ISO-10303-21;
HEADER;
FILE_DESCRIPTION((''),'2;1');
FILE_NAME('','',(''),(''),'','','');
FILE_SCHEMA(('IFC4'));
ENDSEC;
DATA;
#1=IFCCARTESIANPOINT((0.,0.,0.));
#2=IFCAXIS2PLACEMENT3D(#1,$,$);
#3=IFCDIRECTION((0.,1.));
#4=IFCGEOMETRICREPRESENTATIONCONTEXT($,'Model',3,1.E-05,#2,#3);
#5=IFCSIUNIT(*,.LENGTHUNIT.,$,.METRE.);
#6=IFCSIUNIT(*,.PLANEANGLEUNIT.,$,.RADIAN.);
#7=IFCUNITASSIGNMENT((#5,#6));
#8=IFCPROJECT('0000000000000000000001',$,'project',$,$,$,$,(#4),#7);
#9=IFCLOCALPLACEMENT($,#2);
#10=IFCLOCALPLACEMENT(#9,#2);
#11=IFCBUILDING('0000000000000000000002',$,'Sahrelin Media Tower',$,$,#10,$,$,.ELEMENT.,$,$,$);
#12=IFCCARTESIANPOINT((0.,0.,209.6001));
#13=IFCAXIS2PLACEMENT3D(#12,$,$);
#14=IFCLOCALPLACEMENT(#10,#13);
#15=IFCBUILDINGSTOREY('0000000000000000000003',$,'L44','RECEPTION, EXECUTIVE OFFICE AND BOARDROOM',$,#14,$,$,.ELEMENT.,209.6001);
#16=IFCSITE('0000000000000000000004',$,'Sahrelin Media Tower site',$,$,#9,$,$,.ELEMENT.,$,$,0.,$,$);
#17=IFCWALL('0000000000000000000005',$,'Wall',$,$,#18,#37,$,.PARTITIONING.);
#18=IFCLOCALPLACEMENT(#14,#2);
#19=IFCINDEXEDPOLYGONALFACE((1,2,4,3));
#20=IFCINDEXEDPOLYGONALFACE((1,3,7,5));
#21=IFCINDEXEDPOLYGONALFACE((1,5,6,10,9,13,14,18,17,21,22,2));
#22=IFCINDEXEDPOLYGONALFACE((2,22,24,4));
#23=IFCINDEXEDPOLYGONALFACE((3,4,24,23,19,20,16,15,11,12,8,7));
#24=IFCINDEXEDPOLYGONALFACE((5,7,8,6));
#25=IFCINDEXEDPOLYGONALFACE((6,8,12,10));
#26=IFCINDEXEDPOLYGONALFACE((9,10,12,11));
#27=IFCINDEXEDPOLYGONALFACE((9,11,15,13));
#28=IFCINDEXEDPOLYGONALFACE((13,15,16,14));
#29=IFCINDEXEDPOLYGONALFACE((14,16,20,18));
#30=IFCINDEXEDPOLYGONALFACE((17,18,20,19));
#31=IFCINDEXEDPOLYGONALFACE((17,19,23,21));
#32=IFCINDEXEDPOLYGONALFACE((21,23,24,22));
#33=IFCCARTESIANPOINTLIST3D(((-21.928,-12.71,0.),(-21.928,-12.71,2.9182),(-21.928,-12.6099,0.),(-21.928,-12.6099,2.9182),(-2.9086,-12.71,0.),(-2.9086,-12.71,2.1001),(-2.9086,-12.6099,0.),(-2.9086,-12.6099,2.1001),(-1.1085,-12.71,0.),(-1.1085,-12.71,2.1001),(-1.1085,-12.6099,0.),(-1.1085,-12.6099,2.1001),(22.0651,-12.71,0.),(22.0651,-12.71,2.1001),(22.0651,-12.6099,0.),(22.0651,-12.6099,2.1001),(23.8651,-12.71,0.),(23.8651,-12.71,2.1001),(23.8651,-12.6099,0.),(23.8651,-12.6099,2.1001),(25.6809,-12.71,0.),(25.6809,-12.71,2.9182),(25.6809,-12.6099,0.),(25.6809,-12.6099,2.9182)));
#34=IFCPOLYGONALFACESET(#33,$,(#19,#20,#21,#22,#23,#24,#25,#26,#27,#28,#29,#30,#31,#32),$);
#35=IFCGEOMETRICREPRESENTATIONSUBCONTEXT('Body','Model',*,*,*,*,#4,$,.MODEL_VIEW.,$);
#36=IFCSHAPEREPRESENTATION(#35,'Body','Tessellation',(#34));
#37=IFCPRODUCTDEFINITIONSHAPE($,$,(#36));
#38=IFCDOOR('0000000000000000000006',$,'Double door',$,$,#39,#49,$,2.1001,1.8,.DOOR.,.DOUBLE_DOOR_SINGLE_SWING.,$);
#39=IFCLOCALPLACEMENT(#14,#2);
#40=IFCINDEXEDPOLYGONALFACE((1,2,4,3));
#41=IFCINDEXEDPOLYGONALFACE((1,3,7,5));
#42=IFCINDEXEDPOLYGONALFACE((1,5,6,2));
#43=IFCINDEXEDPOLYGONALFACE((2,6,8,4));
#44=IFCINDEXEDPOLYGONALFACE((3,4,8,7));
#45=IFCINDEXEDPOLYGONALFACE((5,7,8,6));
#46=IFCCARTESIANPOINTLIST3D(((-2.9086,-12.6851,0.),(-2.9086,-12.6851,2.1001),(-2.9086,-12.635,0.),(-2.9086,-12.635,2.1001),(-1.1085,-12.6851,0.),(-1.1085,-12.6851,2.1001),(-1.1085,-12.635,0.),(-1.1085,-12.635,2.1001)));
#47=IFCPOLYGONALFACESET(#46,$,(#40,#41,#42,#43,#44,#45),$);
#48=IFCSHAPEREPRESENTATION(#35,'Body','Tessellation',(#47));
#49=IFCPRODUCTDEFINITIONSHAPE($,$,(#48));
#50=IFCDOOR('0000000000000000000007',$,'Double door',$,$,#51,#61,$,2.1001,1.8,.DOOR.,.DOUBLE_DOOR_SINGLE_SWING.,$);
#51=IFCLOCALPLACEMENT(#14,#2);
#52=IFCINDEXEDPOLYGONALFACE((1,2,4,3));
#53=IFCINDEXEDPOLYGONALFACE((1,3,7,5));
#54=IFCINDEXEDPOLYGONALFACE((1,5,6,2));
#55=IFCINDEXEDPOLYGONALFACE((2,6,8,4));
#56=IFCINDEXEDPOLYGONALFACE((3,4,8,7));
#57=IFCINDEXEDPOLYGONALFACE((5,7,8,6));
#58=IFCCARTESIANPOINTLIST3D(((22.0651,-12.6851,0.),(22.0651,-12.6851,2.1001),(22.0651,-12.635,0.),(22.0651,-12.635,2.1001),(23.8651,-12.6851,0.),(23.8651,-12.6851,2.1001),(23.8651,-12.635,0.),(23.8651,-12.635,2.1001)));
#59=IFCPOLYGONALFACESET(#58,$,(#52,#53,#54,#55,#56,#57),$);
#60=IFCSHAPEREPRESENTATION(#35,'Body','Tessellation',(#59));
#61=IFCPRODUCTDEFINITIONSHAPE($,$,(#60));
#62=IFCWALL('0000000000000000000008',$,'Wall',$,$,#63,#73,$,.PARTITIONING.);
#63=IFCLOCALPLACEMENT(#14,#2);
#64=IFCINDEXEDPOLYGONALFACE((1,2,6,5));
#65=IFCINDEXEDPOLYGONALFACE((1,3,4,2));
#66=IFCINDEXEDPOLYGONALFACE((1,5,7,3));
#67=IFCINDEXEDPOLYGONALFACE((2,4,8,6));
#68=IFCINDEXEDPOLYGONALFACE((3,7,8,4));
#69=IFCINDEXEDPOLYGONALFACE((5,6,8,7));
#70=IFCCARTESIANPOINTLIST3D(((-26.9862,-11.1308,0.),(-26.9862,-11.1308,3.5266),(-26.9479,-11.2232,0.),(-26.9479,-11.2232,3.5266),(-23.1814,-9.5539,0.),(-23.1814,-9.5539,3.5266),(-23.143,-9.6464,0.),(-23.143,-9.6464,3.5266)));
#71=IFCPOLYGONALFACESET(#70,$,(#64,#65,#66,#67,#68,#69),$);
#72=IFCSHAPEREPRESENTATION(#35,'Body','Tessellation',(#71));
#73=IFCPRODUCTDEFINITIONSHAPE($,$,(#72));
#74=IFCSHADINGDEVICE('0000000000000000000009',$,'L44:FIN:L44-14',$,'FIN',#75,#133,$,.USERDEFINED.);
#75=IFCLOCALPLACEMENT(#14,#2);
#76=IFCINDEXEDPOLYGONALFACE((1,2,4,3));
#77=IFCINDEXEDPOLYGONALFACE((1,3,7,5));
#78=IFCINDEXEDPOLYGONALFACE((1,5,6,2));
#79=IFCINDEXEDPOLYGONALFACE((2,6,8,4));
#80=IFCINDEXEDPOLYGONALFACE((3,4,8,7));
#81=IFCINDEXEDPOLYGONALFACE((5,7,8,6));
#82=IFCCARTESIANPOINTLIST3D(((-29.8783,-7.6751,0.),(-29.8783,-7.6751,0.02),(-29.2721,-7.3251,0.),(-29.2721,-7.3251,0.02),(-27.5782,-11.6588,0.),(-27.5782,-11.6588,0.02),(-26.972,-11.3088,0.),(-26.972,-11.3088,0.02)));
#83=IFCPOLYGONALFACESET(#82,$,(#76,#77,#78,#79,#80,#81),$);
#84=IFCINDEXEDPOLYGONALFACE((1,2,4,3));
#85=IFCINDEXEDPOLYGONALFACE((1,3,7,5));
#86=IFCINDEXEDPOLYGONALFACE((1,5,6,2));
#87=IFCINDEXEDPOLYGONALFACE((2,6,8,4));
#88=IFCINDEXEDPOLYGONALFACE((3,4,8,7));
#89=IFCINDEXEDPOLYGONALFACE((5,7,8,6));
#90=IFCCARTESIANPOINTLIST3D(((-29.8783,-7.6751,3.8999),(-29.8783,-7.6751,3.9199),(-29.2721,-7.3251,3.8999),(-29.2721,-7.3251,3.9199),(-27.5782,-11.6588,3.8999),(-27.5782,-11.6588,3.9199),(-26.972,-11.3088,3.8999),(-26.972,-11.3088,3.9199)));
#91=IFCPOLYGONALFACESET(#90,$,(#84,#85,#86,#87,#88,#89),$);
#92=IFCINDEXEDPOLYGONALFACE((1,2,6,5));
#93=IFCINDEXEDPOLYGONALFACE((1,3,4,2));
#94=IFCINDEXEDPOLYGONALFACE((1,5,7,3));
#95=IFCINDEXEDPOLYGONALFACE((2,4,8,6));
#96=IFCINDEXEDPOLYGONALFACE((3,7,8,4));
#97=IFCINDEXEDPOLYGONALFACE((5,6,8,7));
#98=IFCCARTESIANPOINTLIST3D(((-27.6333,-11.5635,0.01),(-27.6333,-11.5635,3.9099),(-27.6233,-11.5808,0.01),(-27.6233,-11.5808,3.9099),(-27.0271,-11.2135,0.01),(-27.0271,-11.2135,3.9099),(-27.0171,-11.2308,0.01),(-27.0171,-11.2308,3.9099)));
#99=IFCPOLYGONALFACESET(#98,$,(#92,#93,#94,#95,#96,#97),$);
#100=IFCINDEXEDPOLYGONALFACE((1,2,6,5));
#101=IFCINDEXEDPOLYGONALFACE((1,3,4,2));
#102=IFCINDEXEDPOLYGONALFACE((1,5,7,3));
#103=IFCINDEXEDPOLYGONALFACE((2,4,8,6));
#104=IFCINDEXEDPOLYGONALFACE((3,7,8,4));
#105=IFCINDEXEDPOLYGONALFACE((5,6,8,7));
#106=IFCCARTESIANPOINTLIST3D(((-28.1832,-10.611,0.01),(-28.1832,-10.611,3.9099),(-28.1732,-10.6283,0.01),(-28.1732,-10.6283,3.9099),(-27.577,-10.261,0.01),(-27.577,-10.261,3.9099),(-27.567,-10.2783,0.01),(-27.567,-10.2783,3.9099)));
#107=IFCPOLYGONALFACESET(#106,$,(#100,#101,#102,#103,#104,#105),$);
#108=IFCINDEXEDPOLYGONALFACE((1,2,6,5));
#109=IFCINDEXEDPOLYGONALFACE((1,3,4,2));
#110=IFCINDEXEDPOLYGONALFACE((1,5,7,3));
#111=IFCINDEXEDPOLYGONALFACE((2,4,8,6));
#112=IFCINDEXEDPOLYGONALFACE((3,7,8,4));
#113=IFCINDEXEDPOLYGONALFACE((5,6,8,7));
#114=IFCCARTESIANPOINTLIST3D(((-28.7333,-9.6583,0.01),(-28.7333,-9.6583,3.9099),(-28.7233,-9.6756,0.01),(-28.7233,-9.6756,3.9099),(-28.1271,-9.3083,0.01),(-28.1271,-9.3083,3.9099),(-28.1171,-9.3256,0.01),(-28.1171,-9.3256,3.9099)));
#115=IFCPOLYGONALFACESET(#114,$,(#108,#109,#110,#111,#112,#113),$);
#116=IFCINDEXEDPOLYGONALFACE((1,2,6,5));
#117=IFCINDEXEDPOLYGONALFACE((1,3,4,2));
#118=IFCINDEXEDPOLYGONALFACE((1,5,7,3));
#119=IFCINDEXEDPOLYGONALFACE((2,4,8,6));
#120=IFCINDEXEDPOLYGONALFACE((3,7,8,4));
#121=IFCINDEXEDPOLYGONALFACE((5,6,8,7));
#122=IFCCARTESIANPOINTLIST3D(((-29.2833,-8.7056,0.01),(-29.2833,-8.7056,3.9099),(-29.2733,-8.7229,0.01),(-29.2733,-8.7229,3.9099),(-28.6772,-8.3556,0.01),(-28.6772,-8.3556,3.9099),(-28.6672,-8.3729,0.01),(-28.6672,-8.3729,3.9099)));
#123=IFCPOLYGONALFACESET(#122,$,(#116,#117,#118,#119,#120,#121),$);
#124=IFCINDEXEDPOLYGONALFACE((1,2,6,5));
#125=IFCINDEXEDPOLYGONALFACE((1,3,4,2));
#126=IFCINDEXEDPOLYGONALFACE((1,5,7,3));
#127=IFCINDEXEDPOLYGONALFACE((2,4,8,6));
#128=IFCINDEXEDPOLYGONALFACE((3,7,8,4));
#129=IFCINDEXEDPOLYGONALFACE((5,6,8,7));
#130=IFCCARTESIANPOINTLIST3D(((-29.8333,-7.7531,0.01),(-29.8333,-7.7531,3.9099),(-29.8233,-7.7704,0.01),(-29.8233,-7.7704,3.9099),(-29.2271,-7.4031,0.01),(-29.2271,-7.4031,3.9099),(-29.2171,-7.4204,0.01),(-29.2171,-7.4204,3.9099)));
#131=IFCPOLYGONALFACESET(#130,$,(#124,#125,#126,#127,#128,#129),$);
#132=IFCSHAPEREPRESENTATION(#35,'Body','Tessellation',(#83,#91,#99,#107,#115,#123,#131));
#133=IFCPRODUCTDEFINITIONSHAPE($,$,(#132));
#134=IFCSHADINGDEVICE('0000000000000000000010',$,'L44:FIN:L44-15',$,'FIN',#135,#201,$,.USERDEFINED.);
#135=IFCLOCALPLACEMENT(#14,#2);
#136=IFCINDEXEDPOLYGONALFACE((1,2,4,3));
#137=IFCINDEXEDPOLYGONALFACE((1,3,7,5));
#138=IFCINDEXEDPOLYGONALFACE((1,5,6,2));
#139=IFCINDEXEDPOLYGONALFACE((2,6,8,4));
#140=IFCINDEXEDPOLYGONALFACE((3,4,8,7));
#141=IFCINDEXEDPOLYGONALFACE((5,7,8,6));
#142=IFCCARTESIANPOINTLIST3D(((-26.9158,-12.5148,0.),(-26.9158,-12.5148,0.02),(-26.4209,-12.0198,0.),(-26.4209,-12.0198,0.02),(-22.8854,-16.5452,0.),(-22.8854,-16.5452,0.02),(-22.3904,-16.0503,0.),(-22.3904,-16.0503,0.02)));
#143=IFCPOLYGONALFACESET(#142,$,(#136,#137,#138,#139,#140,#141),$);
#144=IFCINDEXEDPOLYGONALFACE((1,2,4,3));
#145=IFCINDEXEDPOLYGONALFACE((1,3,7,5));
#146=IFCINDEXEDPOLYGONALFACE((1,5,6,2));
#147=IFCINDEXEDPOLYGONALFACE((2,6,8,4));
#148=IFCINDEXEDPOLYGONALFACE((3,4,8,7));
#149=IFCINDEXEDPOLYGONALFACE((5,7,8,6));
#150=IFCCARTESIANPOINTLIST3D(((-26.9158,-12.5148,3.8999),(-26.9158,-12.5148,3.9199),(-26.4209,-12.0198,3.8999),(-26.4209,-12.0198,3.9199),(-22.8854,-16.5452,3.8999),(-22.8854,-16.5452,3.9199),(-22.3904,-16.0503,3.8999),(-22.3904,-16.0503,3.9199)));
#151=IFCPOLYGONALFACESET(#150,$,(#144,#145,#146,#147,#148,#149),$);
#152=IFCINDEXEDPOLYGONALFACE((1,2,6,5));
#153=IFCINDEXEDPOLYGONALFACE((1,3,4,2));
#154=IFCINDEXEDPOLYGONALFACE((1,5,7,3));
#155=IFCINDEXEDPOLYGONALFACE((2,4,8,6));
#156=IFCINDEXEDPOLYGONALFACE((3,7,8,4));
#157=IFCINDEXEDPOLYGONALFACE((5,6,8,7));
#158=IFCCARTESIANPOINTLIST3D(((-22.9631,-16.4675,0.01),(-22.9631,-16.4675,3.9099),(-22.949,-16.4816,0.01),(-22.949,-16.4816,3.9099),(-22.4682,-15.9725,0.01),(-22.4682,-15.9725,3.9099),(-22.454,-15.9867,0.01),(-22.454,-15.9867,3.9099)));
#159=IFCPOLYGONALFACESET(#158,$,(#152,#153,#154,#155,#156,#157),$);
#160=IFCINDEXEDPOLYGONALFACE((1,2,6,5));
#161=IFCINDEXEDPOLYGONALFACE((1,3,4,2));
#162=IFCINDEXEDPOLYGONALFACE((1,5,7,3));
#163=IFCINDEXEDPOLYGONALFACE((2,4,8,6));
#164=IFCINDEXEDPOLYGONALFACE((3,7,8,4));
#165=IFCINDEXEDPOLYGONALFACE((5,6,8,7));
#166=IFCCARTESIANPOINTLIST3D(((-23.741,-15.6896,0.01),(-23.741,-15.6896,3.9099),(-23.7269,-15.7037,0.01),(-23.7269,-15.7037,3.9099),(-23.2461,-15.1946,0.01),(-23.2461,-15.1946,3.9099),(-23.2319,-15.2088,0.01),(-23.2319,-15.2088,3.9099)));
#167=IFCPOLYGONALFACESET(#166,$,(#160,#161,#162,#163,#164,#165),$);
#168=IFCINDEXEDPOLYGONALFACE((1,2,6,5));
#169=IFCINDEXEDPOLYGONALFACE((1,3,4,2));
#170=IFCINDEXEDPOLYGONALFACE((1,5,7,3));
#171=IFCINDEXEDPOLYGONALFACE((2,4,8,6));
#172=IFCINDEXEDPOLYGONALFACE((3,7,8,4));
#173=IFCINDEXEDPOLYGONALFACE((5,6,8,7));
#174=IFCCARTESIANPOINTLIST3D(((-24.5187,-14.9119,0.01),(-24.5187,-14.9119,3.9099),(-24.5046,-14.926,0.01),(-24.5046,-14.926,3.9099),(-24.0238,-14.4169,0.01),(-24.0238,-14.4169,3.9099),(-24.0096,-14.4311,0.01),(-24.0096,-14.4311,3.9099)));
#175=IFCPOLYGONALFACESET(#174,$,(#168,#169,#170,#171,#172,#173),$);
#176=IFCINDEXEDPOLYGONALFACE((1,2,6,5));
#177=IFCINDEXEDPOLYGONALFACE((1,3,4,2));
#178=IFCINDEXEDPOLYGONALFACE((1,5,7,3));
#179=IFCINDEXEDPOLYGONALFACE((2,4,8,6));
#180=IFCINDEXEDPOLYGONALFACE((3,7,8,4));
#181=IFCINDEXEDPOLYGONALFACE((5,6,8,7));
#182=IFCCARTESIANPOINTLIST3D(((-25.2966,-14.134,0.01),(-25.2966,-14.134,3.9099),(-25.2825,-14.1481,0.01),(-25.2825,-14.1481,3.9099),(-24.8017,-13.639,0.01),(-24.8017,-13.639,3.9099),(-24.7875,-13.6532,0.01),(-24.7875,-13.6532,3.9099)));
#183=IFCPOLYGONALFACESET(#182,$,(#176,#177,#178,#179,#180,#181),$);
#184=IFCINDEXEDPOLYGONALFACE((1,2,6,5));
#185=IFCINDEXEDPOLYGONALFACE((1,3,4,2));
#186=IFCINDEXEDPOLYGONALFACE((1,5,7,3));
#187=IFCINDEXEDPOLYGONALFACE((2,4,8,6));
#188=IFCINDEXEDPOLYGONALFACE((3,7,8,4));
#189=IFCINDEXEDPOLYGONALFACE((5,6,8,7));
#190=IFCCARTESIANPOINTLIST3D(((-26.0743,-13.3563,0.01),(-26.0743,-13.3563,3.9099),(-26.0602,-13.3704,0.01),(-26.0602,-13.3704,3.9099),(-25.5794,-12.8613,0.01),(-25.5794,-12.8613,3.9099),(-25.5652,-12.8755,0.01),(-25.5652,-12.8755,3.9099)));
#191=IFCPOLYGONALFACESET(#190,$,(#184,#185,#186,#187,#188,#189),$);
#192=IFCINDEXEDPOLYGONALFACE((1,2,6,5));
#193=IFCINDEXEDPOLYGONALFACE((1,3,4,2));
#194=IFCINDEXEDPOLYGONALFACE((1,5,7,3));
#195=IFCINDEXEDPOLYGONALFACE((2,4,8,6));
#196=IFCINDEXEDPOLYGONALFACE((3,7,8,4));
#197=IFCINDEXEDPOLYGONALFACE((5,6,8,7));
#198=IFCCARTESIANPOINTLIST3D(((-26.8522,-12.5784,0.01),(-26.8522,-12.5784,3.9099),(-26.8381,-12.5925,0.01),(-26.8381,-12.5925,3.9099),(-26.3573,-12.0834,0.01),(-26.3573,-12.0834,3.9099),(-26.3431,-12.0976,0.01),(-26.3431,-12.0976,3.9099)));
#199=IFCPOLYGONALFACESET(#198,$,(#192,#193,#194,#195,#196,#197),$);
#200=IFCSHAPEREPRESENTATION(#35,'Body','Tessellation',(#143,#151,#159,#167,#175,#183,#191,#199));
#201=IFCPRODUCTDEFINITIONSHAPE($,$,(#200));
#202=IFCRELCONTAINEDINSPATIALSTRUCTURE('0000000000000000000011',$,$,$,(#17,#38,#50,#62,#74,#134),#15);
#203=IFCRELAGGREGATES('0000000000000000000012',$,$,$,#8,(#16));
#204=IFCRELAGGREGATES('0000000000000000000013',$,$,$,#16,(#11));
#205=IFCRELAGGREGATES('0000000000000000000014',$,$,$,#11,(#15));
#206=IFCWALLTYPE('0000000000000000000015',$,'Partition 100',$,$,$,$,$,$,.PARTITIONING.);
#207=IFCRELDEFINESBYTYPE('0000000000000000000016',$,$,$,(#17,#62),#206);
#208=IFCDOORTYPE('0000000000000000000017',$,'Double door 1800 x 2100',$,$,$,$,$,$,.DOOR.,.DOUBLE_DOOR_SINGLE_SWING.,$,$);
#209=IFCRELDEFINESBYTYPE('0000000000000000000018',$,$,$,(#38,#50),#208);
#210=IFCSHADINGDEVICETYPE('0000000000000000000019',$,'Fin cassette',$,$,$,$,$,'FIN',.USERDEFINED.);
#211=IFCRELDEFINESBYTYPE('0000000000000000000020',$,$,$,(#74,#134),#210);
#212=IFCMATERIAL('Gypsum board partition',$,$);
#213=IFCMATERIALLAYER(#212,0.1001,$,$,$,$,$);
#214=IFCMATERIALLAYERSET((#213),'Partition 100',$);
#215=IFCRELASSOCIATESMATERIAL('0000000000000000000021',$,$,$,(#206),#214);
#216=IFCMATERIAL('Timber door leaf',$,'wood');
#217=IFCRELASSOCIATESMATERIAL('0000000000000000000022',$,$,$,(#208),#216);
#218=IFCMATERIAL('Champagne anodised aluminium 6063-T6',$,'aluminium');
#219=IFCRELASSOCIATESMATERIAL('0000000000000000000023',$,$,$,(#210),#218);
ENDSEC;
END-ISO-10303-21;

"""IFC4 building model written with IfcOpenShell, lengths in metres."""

from ifc_helpers import new_model, si_unit, direction, frame, frame_2d, origin, origin_2d, place, context, subcontext, project, spatial, rectangle, extrude, material, layer, layer_set, type_object, element, fill, save


model = new_model("IFC4")

# Units and contexts
model_context = context("Model", 3, precision=1e-05, world=origin(), true_north=direction((0.0, 1.0)))
body_context = subcontext(model_context, "Body", "Model", "MODEL_VIEW")
ifc_project = project(units=[si_unit("LENGTHUNIT", "METRE"), si_unit("PLANEANGLEUNIT", "RADIAN")], contexts=[model_context])

# Site, building, storey
site_placement = place(None, origin())
site = spatial("IfcSite", under=ifc_project, at=site_placement, Name="Sahrelin Media Tower site", CompositionType="ELEMENT", RefElevation=0.0)
building_placement = place(site_placement, origin())
building = spatial("IfcBuilding", under=site, at=building_placement, Name="Sahrelin Media Tower", CompositionType="ELEMENT")
storey_placement = place(building_placement, frame((0.0, 0.0, 209.6001)))
storey = spatial("IfcBuildingStorey", under=building, at=storey_placement, Name="L44", Description="RECEPTION, EXECUTIVE OFFICE AND BOARDROOM", CompositionType="ELEMENT", Elevation=209.6001)

# Shared definitions
ifc_material_1 = material(Name="Champagne anodised aluminium 6063-T6", Category="aluminium")

# Wall, openings, doors
ifc_material_2 = material(Name="Gypsum board partition")
ifc_layer_1 = layer(ifc_material_2, 0.1001)
ifc_layer_set_1 = layer_set([ifc_layer_1], Name="Partition 100")
wall_type_1 = type_object("IfcWallType", Name="Partition 100", PredefinedType="PARTITIONING", material=ifc_layer_set_1)
wall_1_placement = place(storey_placement, frame((-21.928, -12.6599, 0.0), z_axis=(0.0, 0.0, 1.0), x_axis=(1.0, 0.0, 0.0)))
wall_1 = element("IfcWall", 1, at=wall_1_placement, inside=storey, type_object=wall_type_1, Name="Wall", PredefinedType="PARTITIONING", context=body_context, shape_type="SweptSolid", body=[
    extrude(rectangle(XDim=47.6089, YDim=0.1001, at=frame_2d((23.8044, 0.0))), origin(), (0.0, 0.0, 1.0), 2.9182),
])
opening_1_placement = place(wall_1_placement, frame((19.0195, 0.0, 0.0)))
opening_1 = element("IfcOpeningElement", 2, at=opening_1_placement, cuts=wall_1, PredefinedType="OPENING", context=body_context, shape_type="SweptSolid", body=[
    extrude(rectangle(XDim=1.8, YDim=2.1001, at=frame_2d((0.8999, 1.05))), frame((0.0, 0.05, 0.0), z_axis=(0.0, -1.0, 0.0), x_axis=(1.0, 0.0, 0.0)), (0.0, 0.0, 1.0), 0.1001),
])
opening_2_placement = place(wall_1_placement, frame((43.9932, 0.0, 0.0)))
opening_2 = element("IfcOpeningElement", 3, at=opening_2_placement, cuts=wall_1, PredefinedType="OPENING", context=body_context, shape_type="SweptSolid", body=[
    extrude(rectangle(XDim=1.8, YDim=2.1001, at=frame_2d((0.8999, 1.05))), frame((0.0, 0.05, 0.0), z_axis=(0.0, -1.0, 0.0), x_axis=(1.0, 0.0, 0.0)), (0.0, 0.0, 1.0), 0.1001),
])
ifc_material_3 = material(Name="Timber door leaf", Category="wood")
door_type_1 = type_object("IfcDoorType", Name="Double door 1800 x 2100", OperationType="DOUBLE_DOOR_SINGLE_SWING", PredefinedType="DOOR", material=ifc_material_3)
door_1_placement = place(opening_1_placement, origin())
door_1 = element("IfcDoor", 4, at=door_1_placement, inside=storey, type_object=door_type_1, Name="Double door", OperationType="DOUBLE_DOOR_SINGLE_SWING", OverallHeight=2.1001, OverallWidth=1.8, PredefinedType="DOOR", context=body_context, shape_type="SweptSolid", body=[
    extrude(rectangle(XDim=1.8, YDim=2.1001, at=frame_2d((0.8999, 1.05))), frame((0.0, 0.0249, 0.0), z_axis=(0.0, -1.0, 0.0), x_axis=(1.0, 0.0, 0.0)), (0.0, 0.0, 1.0), 0.05),
])
fill(opening_1, door_1)
door_2_placement = place(opening_2_placement, origin())
door_2 = element("IfcDoor", 5, at=door_2_placement, inside=storey, type_object=door_type_1, Name="Double door", OperationType="DOUBLE_DOOR_SINGLE_SWING", OverallHeight=2.1001, OverallWidth=1.8, PredefinedType="DOOR", context=body_context, shape_type="SweptSolid", body=[
    extrude(rectangle(XDim=1.8, YDim=2.1001, at=frame_2d((0.8999, 1.05))), frame((0.0, 0.0249, 0.0), z_axis=(0.0, -1.0, 0.0), x_axis=(1.0, 0.0, 0.0)), (0.0, 0.0, 1.0), 0.05),
])
fill(opening_2, door_2)

# Wall
wall_2_placement = place(storey_placement, frame((-26.967, -11.177, 0.0), z_axis=(0.0, 0.0, 1.0), x_axis=(0.923807, 0.38286, 0.0)))
element("IfcWall", 6, at=wall_2_placement, inside=storey, type_object=wall_type_1, Name="Wall", PredefinedType="PARTITIONING", context=body_context, shape_type="SweptSolid", body=[
    extrude(rectangle(XDim=4.1187, YDim=0.1001, at=frame_2d((2.0593, 0.0))), origin(), (0.0, 0.0, 1.0), 3.5266),
])

# Shading devices
shading_device_type_1 = type_object("IfcShadingDeviceType", Name="Fin cassette", ElementType="FIN", PredefinedType="USERDEFINED", material=ifc_material_1)
placement_1 = place(storey_placement, frame((-28.0615, -9.282, 0.0), z_axis=(0.0, 0.0, 1.0), x_axis=(-0.500011, 0.866019, 0.0)))
element("IfcShadingDevice", 7, at=placement_1, inside=storey, type_object=shading_device_type_1, Name="L44:FIN:L44-14", ObjectType="FIN", PredefinedType="USERDEFINED", context=body_context, shape_type="SweptSolid", body=[
    extrude(rectangle(XDim=4.6001, YDim=0.7, at=origin_2d()), frame((0.0, 0.4199, 0.0)), (0.0, 0.0, 1.0), 0.02),
    extrude(rectangle(XDim=4.6001, YDim=0.7, at=origin_2d()), frame((0.0, 0.4199, 3.8999)), (0.0, 0.0, 1.0), 0.02),
    extrude(rectangle(XDim=0.02, YDim=0.7, at=origin_2d()), frame((-2.2, 0.4199, 0.01), z_axis=(0.0, 0.0, 1.0), x_axis=(1.0, 0.0, 0.0)), (0.0, 0.0, 1.0), 3.8999),
    extrude(rectangle(XDim=0.02, YDim=0.7, at=origin_2d()), frame((-1.1001, 0.4199, 0.01), z_axis=(0.0, 0.0, 1.0), x_axis=(1.0, 0.0, 0.0)), (0.0, 0.0, 1.0), 3.8999),
    extrude(rectangle(XDim=0.02, YDim=0.7, at=origin_2d()), frame((0.0, 0.4199, 0.01), z_axis=(0.0, 0.0, 1.0), x_axis=(1.0, 0.0, 0.0)), (0.0, 0.0, 1.0), 3.8999),
    extrude(rectangle(XDim=0.02, YDim=0.7, at=origin_2d()), frame((1.1001, 0.4199, 0.01), z_axis=(0.0, 0.0, 1.0), x_axis=(1.0, 0.0, 0.0)), (0.0, 0.0, 1.0), 3.8999),
    extrude(rectangle(XDim=0.02, YDim=0.7, at=origin_2d()), frame((2.2, 0.4199, 0.01), z_axis=(0.0, 0.0, 1.0), x_axis=(1.0, 0.0, 0.0)), (0.0, 0.0, 1.0), 3.8999),
])
placement_2 = place(storey_placement, frame((-24.3562, -13.9856, 0.0), z_axis=(0.0, 0.0, 1.0), x_axis=(-0.707107, 0.707107, 0.0)))
element("IfcShadingDevice", 8, at=placement_2, inside=storey, type_object=shading_device_type_1, Name="L44:FIN:L44-15", ObjectType="FIN", PredefinedType="USERDEFINED", context=body_context, shape_type="SweptSolid", body=[
    extrude(rectangle(XDim=5.7, YDim=0.7, at=origin_2d()), frame((0.0, 0.4199, 0.0)), (0.0, 0.0, 1.0), 0.02),
    extrude(rectangle(XDim=5.7, YDim=0.7, at=origin_2d()), frame((0.0, 0.4199, 3.8999)), (0.0, 0.0, 1.0), 0.02),
    extrude(rectangle(XDim=0.02, YDim=0.7, at=origin_2d()), frame((-2.75, 0.4199, 0.01), z_axis=(0.0, 0.0, 1.0), x_axis=(1.0, 0.0, 0.0)), (0.0, 0.0, 1.0), 3.8999),
    extrude(rectangle(XDim=0.02, YDim=0.7, at=origin_2d()), frame((-1.6499, 0.4199, 0.01), z_axis=(0.0, 0.0, 1.0), x_axis=(1.0, 0.0, 0.0)), (0.0, 0.0, 1.0), 3.8999),
    extrude(rectangle(XDim=0.02, YDim=0.7, at=origin_2d()), frame((-0.55, 0.4199, 0.01), z_axis=(0.0, 0.0, 1.0), x_axis=(1.0, 0.0, 0.0)), (0.0, 0.0, 1.0), 3.8999),
    extrude(rectangle(XDim=0.02, YDim=0.7, at=origin_2d()), frame((0.55, 0.4199, 0.01), z_axis=(0.0, 0.0, 1.0), x_axis=(1.0, 0.0, 0.0)), (0.0, 0.0, 1.0), 3.8999),
    extrude(rectangle(XDim=0.02, YDim=0.7, at=origin_2d()), frame((1.6499, 0.4199, 0.01), z_axis=(0.0, 0.0, 1.0), x_axis=(1.0, 0.0, 0.0)), (0.0, 0.0, 1.0), 3.8999),
    extrude(rectangle(XDim=0.02, YDim=0.7, at=origin_2d()), frame((2.75, 0.4199, 0.01), z_axis=(0.0, 0.0, 1.0), x_axis=(1.0, 0.0, 0.0)), (0.0, 0.0, 1.0), 3.8999),
])

save(model, "model.ifc")
